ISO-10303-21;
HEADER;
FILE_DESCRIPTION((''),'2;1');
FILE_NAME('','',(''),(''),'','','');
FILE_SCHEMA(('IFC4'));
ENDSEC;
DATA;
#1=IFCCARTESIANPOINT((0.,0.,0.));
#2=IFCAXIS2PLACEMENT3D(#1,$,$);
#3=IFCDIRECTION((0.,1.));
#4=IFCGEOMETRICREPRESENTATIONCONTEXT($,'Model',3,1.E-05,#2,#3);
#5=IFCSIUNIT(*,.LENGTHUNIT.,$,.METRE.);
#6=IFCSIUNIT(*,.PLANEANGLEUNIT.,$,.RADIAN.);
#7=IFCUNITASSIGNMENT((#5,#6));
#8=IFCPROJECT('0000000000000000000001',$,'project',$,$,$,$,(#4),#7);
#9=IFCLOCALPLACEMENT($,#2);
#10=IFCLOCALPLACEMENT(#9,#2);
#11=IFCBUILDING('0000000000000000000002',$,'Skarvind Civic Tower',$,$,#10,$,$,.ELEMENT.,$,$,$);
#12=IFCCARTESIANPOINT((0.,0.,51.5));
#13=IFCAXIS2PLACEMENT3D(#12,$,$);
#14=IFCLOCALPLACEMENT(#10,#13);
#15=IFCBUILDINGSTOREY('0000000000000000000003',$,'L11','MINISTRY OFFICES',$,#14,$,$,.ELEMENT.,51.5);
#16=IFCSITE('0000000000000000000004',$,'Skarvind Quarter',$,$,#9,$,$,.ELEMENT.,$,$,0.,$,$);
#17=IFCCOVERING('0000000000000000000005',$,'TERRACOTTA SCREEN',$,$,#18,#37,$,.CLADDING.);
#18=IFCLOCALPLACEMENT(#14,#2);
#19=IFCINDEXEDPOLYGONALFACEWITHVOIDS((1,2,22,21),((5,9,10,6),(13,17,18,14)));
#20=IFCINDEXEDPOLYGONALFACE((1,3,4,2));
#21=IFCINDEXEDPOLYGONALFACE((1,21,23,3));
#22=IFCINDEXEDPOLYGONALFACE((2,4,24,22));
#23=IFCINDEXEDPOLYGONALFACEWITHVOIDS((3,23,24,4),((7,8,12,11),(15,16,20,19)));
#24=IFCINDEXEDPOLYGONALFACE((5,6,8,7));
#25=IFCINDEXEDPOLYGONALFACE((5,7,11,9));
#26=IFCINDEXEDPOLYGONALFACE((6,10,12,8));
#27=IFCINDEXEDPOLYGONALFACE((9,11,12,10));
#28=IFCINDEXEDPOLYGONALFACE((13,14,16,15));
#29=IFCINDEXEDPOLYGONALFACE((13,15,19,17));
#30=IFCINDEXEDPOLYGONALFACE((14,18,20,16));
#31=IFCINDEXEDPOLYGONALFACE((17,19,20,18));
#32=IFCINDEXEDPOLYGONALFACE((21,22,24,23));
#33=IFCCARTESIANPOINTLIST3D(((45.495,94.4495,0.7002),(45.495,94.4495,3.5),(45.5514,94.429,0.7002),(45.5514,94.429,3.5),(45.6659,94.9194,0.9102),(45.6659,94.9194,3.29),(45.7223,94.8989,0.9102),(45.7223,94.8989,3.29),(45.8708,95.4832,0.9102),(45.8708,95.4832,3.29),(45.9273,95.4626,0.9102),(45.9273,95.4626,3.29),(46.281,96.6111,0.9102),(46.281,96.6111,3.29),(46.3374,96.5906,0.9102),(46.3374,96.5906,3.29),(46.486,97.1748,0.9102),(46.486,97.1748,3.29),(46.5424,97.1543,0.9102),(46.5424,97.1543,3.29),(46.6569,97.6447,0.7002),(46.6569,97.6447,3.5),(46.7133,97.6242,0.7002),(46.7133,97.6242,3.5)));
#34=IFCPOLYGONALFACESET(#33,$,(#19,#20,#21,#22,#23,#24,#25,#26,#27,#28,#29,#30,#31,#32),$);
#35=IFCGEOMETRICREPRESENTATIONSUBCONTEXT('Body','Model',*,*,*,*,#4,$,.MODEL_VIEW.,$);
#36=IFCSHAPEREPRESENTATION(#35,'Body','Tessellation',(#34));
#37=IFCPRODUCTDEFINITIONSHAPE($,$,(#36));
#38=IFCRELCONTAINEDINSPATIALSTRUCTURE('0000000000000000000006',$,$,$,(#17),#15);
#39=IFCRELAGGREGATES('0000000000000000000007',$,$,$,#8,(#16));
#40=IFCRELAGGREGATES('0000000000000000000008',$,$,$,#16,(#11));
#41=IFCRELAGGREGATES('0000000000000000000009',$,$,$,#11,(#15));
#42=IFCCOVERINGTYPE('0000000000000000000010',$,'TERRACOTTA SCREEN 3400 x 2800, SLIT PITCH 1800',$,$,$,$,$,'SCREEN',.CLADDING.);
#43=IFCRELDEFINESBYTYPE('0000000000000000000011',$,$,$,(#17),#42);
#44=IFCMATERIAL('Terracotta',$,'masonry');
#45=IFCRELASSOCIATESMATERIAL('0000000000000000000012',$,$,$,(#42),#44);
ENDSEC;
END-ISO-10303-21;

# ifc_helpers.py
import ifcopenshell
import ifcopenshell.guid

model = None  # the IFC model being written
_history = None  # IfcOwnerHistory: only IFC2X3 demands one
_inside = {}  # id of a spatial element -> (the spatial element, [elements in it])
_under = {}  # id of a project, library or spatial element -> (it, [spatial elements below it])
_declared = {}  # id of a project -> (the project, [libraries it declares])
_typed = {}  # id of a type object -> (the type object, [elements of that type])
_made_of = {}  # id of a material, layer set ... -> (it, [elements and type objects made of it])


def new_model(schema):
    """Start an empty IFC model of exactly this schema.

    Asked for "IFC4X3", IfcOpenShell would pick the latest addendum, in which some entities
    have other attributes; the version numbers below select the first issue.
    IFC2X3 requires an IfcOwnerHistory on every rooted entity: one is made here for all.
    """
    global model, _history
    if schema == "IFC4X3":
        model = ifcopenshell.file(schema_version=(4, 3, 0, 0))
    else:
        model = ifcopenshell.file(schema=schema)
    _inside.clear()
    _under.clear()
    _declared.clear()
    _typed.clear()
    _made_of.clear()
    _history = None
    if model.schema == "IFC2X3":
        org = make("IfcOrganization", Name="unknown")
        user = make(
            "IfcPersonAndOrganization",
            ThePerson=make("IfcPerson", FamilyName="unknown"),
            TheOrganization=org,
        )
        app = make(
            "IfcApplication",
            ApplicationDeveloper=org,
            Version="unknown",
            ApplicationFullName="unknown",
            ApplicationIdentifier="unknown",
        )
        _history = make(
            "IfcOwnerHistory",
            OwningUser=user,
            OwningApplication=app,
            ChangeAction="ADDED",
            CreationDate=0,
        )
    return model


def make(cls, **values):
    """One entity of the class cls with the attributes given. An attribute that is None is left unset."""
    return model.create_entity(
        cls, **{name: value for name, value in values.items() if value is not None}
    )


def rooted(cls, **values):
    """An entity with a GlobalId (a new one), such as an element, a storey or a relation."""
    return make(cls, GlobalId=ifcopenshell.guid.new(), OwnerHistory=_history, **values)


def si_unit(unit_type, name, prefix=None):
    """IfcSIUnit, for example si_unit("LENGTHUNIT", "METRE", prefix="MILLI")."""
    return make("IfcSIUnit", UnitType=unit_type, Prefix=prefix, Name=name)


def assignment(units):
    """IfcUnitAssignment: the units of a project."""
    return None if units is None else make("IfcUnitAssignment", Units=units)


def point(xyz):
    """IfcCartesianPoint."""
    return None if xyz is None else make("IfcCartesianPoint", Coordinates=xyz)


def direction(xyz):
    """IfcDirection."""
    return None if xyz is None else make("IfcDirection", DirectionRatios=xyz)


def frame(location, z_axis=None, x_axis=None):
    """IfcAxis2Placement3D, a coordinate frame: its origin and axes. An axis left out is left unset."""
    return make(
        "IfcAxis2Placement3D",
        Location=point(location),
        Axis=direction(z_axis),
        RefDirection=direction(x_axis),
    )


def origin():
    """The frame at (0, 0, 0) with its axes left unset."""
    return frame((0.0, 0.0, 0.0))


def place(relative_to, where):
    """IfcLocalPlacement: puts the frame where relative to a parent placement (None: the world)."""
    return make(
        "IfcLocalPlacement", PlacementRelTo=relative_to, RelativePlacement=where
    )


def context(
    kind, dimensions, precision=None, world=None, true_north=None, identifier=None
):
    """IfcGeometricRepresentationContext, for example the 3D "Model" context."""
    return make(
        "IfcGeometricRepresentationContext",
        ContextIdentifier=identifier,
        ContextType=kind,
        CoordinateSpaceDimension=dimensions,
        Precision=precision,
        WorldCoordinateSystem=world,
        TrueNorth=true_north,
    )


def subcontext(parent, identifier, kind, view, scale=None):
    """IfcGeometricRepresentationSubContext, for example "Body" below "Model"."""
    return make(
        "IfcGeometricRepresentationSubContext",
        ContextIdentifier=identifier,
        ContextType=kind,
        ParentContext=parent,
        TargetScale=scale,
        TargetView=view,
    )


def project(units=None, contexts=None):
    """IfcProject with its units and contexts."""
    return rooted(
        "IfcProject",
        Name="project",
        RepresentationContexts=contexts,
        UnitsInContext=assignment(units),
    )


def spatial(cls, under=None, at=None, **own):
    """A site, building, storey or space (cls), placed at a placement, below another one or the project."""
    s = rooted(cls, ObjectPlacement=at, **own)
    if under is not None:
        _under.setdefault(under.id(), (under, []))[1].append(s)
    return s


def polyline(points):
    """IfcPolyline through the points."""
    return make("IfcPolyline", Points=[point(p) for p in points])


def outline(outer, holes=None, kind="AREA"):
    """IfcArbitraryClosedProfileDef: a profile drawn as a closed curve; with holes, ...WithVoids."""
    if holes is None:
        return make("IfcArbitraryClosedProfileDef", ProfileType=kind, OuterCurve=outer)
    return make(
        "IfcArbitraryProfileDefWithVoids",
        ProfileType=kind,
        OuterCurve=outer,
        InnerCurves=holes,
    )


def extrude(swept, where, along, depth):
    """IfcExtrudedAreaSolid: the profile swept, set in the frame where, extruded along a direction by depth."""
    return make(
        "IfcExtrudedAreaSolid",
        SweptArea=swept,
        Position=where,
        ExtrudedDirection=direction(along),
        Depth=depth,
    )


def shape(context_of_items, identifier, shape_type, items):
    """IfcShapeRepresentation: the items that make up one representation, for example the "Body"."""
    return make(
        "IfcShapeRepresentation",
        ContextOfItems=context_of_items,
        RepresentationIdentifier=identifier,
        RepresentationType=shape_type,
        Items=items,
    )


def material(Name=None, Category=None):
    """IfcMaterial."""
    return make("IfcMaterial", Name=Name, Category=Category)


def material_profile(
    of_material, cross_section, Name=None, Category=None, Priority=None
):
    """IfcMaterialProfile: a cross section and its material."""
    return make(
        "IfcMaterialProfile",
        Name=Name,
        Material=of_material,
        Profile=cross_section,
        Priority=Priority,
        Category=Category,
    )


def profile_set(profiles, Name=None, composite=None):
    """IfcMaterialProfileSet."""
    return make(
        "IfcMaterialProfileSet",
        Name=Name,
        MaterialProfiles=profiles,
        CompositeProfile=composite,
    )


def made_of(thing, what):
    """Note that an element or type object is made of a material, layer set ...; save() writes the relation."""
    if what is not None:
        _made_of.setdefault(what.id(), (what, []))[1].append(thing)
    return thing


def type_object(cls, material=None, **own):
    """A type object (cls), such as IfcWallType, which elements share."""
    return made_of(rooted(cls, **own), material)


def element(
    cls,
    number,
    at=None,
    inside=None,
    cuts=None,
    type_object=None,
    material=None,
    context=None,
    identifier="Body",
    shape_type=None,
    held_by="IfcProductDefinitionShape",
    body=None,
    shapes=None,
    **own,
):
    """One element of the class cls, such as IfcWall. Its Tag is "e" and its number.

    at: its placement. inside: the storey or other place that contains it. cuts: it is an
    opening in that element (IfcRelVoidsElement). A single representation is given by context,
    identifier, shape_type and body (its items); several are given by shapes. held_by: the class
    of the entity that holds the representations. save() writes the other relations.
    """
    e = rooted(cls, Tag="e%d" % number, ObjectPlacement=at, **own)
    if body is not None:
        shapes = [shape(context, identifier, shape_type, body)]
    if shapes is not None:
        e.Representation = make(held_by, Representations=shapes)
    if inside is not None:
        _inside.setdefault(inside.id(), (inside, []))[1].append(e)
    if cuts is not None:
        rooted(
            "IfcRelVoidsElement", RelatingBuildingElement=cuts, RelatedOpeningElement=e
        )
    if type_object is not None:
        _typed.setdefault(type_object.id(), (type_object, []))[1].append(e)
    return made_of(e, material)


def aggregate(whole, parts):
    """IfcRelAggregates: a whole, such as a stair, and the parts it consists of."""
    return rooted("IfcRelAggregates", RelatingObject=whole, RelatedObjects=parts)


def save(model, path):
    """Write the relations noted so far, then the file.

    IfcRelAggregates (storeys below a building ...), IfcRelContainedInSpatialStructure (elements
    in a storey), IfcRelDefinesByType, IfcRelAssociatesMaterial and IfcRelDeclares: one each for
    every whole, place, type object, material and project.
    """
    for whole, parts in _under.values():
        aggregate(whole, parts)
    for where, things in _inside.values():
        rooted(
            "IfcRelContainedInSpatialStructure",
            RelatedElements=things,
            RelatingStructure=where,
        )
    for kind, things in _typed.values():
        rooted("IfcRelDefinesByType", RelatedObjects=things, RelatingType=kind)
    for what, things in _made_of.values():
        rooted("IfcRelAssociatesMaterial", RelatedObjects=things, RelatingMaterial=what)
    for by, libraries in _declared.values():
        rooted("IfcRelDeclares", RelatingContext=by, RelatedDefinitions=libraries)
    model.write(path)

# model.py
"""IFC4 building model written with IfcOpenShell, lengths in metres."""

from ifc_helpers import new_model, si_unit, direction, frame, origin, place, context, subcontext, project, spatial, polyline, outline, extrude, material, material_profile, profile_set, type_object, element, save


model = new_model("IFC4")

# Units and contexts
model_context = context("Model", 3, precision=1e-05, world=origin(), true_north=direction((0.0, 1.0)))
body_context = subcontext(model_context, "Body", "Model", "MODEL_VIEW")
ifc_project = project(units=[si_unit("LENGTHUNIT", "METRE"), si_unit("PLANEANGLEUNIT", "RADIAN")], contexts=[model_context])

# Site, building, storey
site_placement = place(None, origin())
site = spatial("IfcSite", under=ifc_project, at=site_placement, Name="Skarvind Quarter", CompositionType="ELEMENT", RefElevation=0.0)
building_placement = place(site_placement, origin())
building = spatial("IfcBuilding", under=site, at=building_placement, Name="Skarvind Civic Tower", CompositionType="ELEMENT")
storey_placement = place(building_placement, frame((0.0, 0.0, 51.5)))
storey = spatial("IfcBuildingStorey", under=building, at=storey_placement, Name="L11", Description="MINISTRY OFFICES", CompositionType="ELEMENT", Elevation=51.5)

# Covering
ifc_material_1 = material(Name="Terracotta", Category="masonry")
ifc_material_profile_1 = material_profile(ifc_material_1, outline(polyline([(-1.7, -1.3999), (1.7, -1.3999), (1.7, 1.3999), (-1.7, 1.3999), (-1.7, -1.3999)]), holes=[polyline([(-1.2, -1.1899), (-0.6001, -1.1899), (-0.6001, 1.1899), (-1.2, 1.1899), (-1.2, -1.1899)]), polyline([(0.6001, -1.1899), (1.2, -1.1899), (1.2, 1.1899), (0.6001, 1.1899), (0.6001, -1.1899)])]), Name="TERRACOTTA SCREEN 3400 x 2800, SLIT PITCH 1800")
ifc_profile_set_1 = profile_set([ifc_material_profile_1], Name="Terracotta")
covering_type = type_object("IfcCoveringType", Name="TERRACOTTA SCREEN 3400 x 2800, SLIT PITCH 1800", ElementType="SCREEN", PredefinedType="CLADDING", material=ifc_profile_set_1)
covering_placement = place(storey_placement, frame((46.0759, 96.0471, 2.1001), z_axis=(0.939793, -0.341743, 0.0), x_axis=(0.341743, 0.939793, 0.0)))
element("IfcCovering", 1, at=covering_placement, inside=storey, type_object=covering_type, Name="TERRACOTTA SCREEN", PredefinedType="CLADDING", context=body_context, shape_type="SweptSolid", body=[
    extrude(outline(polyline([(-1.7, -1.3999), (1.7, -1.3999), (1.7, 1.3999), (-1.7, 1.3999), (-1.7, -1.3999)]), holes=[polyline([(-1.2, -1.1899), (-0.6001, -1.1899), (-0.6001, 1.1899), (-1.2, 1.1899), (-1.2, -1.1899)]), polyline([(0.6001, -1.1899), (1.2, -1.1899), (1.2, 1.1899), (0.6001, 1.1899), (0.6001, -1.1899)])]), origin(), (0.0, 0.0, 1.0), 0.0601),
])

save(model, "model.ifc")
